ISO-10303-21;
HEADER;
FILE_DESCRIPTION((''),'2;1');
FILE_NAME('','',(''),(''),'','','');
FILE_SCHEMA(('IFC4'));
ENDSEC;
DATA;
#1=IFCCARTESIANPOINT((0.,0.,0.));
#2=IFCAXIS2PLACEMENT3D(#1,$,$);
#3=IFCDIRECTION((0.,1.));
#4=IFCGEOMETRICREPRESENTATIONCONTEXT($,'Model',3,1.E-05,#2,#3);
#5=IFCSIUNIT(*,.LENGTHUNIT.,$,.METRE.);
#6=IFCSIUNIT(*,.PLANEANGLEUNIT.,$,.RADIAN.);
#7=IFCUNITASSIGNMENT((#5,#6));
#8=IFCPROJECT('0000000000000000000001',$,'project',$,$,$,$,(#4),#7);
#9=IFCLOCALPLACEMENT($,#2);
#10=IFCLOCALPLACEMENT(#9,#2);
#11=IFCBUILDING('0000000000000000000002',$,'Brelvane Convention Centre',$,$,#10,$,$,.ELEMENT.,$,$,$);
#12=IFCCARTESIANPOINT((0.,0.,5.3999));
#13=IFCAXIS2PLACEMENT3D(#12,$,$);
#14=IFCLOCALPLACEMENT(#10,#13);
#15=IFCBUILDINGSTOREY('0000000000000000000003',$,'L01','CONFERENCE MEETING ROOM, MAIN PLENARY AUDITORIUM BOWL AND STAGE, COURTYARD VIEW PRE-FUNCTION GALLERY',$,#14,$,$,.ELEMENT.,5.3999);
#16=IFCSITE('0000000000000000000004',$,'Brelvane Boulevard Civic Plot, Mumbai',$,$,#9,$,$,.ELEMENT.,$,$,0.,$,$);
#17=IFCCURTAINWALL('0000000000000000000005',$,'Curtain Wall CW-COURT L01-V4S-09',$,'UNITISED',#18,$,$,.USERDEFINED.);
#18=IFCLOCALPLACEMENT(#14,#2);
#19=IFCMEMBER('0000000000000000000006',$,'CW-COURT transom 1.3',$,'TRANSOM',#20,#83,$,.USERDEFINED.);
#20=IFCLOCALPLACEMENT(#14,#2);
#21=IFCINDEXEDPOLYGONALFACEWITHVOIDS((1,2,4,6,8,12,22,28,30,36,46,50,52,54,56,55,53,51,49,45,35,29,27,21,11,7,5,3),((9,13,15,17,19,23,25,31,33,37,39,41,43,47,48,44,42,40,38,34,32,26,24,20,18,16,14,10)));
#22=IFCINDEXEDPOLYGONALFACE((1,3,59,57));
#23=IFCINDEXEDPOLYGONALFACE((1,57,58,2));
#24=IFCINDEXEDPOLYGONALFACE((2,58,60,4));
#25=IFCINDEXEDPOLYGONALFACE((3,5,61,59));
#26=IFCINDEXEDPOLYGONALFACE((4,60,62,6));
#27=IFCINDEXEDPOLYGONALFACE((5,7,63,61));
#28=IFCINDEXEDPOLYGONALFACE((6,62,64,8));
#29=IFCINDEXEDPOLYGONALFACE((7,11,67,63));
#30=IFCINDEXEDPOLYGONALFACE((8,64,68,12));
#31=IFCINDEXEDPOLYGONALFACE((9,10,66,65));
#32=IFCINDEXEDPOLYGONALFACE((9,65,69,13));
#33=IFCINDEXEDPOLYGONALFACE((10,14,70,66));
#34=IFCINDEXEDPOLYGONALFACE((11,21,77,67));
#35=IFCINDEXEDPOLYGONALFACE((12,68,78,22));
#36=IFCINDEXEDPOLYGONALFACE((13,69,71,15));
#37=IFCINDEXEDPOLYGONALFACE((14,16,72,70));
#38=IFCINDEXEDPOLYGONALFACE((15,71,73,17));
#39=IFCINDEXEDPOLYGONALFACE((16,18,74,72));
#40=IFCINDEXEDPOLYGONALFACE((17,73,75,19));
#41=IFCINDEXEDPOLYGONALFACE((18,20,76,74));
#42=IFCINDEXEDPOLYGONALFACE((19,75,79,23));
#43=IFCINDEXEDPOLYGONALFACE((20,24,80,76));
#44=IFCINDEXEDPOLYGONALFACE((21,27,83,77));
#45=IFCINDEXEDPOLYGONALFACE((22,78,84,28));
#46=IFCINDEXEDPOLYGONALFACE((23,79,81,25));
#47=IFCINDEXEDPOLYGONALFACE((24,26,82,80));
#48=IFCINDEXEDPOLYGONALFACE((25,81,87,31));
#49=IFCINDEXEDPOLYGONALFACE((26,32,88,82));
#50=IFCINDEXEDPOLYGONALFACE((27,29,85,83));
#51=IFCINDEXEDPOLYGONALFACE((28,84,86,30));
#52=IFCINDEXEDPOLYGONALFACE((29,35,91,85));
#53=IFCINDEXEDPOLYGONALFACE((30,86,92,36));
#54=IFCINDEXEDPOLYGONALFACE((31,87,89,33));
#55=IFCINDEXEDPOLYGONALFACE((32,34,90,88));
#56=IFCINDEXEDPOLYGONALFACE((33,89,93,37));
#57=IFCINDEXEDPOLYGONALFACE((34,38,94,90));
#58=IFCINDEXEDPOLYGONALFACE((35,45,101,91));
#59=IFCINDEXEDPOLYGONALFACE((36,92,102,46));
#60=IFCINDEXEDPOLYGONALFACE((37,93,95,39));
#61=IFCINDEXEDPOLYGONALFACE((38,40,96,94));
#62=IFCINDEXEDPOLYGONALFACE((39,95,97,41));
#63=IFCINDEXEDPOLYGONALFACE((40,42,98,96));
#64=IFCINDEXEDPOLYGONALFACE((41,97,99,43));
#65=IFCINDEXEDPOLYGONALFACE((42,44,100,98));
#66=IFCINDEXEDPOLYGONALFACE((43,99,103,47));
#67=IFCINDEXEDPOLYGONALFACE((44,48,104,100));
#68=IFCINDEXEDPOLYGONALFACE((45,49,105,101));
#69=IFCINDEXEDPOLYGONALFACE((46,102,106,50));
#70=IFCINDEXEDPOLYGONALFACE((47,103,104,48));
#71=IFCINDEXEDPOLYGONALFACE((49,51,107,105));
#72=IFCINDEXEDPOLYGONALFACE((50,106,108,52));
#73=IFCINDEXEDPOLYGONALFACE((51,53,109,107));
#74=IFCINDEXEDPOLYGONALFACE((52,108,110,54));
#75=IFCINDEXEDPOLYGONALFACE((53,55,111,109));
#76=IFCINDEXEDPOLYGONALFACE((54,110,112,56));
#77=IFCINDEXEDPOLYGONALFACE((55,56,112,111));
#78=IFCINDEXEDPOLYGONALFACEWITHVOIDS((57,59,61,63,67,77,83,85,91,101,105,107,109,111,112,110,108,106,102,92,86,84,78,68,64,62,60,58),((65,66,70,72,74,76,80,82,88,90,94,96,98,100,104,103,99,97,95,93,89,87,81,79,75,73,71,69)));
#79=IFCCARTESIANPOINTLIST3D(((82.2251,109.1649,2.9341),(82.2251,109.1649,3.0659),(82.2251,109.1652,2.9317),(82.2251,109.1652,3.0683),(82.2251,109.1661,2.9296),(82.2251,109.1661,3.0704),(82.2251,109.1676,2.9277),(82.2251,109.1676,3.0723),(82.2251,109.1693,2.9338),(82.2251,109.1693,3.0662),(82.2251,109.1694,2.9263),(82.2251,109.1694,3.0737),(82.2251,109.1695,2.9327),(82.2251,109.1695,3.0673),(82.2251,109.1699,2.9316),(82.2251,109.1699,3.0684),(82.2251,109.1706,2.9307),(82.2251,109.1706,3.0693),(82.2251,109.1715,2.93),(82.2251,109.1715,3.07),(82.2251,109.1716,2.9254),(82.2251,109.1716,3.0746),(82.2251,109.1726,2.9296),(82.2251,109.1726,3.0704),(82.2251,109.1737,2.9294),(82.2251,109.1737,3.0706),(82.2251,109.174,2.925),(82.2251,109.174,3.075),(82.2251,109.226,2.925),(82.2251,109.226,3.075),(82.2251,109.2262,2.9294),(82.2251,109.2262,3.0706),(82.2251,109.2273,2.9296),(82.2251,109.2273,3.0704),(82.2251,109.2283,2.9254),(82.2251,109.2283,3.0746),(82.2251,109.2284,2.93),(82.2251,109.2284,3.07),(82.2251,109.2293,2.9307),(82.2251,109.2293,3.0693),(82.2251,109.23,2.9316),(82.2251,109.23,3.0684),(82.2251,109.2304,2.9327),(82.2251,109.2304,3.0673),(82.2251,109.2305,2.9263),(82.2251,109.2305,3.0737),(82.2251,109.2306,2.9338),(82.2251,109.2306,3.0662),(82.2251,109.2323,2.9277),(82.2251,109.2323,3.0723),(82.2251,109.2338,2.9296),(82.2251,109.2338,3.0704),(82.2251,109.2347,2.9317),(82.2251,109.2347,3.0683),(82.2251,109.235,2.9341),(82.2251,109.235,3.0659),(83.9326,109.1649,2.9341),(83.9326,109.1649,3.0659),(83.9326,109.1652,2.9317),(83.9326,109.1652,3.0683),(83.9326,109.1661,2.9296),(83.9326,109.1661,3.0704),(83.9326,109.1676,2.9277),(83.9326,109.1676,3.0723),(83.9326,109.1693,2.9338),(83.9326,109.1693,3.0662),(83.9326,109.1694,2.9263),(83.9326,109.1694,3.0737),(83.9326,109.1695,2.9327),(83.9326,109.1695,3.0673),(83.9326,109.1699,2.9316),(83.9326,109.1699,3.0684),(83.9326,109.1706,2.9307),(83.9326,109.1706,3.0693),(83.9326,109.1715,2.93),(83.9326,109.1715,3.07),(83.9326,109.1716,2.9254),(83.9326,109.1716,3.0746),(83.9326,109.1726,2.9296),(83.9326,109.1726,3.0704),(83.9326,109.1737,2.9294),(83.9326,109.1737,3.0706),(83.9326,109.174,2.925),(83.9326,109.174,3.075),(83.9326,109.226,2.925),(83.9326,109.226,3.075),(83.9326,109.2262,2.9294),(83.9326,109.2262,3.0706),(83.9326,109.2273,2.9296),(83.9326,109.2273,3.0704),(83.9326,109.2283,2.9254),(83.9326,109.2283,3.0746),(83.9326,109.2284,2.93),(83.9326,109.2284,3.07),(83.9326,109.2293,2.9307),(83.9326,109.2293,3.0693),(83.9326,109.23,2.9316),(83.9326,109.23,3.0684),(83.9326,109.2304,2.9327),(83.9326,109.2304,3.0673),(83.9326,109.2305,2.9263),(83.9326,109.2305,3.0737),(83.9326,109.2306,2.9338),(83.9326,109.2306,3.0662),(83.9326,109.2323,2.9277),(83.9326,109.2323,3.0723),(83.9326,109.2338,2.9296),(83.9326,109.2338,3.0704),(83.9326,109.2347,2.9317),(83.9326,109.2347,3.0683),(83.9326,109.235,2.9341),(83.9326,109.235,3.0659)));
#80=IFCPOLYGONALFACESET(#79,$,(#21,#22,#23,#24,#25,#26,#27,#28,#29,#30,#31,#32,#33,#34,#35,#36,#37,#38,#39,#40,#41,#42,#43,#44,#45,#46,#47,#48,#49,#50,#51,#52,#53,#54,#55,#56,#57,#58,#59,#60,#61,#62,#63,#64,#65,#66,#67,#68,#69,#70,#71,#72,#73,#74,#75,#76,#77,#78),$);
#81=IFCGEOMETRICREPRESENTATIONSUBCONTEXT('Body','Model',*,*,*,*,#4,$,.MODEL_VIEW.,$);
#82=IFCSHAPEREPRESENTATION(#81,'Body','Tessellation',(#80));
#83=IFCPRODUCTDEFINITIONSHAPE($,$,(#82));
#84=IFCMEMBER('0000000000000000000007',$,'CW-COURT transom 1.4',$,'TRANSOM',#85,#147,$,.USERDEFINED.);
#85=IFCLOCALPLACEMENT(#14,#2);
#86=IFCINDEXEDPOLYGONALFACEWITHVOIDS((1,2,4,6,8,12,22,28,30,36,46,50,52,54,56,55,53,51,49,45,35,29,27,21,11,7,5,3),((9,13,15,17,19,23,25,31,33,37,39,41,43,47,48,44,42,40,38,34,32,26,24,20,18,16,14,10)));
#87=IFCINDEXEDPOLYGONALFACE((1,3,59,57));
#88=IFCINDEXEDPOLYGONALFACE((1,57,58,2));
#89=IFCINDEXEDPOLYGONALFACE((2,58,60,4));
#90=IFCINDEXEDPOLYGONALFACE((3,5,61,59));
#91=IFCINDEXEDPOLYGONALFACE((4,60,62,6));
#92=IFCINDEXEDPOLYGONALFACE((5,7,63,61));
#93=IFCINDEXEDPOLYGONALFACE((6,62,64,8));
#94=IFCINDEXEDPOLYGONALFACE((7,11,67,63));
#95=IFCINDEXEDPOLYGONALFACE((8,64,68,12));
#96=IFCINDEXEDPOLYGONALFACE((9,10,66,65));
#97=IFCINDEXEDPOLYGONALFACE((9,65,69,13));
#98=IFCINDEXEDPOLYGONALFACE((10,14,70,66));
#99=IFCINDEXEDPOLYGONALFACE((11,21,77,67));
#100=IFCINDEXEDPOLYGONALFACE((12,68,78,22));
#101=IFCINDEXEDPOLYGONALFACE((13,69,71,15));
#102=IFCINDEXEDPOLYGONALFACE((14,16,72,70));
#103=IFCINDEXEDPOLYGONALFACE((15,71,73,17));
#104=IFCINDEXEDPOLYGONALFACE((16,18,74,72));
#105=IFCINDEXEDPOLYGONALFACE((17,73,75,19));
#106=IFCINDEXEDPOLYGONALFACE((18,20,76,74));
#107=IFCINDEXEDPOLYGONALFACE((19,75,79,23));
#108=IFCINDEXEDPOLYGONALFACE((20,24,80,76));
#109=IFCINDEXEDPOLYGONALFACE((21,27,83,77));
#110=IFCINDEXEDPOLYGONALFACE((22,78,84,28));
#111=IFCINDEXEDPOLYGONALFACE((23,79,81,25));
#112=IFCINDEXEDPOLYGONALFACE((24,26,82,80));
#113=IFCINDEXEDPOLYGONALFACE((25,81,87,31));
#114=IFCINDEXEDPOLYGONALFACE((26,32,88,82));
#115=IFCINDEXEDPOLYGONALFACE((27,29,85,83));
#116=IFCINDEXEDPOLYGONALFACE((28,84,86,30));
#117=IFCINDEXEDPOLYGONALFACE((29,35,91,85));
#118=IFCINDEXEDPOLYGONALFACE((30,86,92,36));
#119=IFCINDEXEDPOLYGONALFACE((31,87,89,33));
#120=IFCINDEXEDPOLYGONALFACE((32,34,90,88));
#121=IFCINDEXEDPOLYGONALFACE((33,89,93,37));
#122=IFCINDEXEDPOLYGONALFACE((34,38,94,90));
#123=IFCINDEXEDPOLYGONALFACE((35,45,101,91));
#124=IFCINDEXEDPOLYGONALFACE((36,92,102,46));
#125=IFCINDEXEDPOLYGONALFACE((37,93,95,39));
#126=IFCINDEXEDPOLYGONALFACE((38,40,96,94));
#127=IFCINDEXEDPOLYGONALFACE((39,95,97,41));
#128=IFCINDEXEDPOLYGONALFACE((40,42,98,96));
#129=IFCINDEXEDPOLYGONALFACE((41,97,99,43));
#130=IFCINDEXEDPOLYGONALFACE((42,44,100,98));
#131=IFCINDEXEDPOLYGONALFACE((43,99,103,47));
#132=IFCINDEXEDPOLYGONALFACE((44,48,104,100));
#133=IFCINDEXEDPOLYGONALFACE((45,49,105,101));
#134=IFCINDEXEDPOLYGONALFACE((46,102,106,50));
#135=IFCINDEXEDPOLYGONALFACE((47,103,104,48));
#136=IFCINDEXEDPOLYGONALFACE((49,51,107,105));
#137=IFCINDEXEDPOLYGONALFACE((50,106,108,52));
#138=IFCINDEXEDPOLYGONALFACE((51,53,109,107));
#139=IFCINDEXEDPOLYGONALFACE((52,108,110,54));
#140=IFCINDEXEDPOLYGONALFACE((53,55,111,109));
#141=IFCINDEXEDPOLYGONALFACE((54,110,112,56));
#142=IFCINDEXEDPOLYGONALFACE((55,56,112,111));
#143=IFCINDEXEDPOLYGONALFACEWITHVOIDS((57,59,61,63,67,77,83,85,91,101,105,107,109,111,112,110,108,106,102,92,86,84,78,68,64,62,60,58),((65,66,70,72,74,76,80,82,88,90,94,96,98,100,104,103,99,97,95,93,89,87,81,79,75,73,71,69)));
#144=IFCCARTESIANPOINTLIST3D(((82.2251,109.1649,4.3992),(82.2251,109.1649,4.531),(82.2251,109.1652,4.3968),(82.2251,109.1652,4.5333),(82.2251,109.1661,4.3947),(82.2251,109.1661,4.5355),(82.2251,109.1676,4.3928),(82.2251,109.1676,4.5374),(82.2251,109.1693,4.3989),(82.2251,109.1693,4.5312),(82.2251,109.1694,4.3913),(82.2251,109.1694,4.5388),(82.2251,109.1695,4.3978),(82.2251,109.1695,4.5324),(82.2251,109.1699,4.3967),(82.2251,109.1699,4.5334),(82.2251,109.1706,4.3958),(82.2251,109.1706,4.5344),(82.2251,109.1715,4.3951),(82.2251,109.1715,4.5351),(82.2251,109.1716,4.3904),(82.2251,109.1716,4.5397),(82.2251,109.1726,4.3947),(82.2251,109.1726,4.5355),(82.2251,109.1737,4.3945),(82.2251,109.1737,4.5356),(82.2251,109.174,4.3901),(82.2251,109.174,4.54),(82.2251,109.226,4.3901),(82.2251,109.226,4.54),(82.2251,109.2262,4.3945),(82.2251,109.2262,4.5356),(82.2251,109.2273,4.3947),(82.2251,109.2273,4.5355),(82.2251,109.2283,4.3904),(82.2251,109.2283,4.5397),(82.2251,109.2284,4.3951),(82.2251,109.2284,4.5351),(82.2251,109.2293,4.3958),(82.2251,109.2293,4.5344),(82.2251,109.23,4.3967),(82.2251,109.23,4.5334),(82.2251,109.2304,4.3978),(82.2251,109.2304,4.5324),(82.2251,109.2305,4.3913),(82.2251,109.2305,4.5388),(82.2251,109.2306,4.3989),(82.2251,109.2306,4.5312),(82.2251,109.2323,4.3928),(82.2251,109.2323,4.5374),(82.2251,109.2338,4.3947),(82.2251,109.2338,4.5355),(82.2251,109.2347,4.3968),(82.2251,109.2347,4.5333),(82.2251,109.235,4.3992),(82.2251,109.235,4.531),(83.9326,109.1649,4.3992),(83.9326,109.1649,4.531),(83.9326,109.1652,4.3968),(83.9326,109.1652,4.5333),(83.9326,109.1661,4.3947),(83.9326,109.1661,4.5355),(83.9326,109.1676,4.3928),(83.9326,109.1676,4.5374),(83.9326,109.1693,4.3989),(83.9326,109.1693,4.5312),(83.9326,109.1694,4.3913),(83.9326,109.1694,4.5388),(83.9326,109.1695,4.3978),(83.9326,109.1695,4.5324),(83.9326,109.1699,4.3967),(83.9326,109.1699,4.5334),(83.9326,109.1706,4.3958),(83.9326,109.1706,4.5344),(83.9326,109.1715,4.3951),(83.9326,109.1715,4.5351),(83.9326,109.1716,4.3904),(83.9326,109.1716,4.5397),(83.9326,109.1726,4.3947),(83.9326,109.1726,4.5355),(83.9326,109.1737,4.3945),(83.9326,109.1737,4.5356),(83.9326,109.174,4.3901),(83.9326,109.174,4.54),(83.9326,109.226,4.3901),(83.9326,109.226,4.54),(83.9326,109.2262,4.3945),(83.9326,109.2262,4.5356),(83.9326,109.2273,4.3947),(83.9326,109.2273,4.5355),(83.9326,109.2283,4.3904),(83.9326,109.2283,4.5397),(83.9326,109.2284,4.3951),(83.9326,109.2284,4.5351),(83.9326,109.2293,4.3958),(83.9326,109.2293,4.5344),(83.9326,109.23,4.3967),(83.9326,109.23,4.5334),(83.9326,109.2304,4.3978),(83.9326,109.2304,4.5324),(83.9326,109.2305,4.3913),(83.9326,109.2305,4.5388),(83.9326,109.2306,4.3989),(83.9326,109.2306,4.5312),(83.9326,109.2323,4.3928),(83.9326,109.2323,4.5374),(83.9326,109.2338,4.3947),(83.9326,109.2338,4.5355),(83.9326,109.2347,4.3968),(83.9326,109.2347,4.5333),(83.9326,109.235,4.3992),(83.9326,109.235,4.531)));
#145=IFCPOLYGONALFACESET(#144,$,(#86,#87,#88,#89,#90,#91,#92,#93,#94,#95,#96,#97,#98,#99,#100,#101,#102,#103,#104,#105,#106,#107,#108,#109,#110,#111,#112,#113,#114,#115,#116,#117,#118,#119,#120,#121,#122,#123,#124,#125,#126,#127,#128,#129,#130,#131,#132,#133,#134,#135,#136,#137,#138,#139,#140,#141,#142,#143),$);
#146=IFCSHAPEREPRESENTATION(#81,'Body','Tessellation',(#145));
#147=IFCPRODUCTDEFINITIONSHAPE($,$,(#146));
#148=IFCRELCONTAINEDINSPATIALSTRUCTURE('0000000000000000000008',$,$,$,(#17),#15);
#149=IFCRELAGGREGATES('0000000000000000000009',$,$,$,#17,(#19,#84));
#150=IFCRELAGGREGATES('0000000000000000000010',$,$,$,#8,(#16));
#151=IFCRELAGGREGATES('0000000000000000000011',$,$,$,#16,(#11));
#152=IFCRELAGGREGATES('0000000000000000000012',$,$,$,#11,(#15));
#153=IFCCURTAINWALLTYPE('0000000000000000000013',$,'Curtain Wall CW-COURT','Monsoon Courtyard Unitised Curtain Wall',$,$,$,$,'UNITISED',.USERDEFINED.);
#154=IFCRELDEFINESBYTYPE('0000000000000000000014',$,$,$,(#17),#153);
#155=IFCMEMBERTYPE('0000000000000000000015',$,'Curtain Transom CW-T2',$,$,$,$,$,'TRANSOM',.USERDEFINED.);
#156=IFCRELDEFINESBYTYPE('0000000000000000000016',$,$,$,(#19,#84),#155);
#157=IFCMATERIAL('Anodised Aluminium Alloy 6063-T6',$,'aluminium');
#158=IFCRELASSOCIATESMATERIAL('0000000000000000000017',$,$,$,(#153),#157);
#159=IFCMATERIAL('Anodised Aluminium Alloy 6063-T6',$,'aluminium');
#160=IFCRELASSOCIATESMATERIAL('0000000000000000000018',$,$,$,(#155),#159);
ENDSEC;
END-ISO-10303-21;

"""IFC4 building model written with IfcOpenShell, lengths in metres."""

from ifc_helpers import new_model, si_unit, direction, frame, origin, origin_2d, place, context, subcontext, project, spatial, hollow_rectangle, extrude, material, material_profile, profile_set, type_object, element, aggregate, save


model = new_model("IFC4")

# Units and contexts
model_context = context("Model", 3, precision=1e-05, world=origin(), true_north=direction((0.0, 1.0)))
body_context = subcontext(model_context, "Body", "Model", "MODEL_VIEW")
ifc_project = project(units=[si_unit("LENGTHUNIT", "METRE"), si_unit("PLANEANGLEUNIT", "RADIAN")], contexts=[model_context])

# Site, building, storey
site_placement = place(None, origin())
site = spatial("IfcSite", under=ifc_project, at=site_placement, Name="Brelvane Boulevard Civic Plot, Mumbai", CompositionType="ELEMENT", RefElevation=0.0)
building_placement = place(site_placement, origin())
building = spatial("IfcBuilding", under=site, at=building_placement, Name="Brelvane Convention Centre", CompositionType="ELEMENT")
storey_placement = place(building_placement, frame((0.0, 0.0, 5.3999)))
storey = spatial("IfcBuildingStorey", under=building, at=storey_placement, Name="L01", Description="CONFERENCE MEETING ROOM, MAIN PLENARY AUDITORIUM BOWL AND STAGE, COURTYARD VIEW PRE-FUNCTION GALLERY", CompositionType="ELEMENT", Elevation=5.3999)

# Curtain wall, members
ifc_material_1 = material(Name="Anodised Aluminium Alloy 6063-T6", Category="aluminium")
curtain_wall_type = type_object("IfcCurtainWallType", Name="Curtain Wall CW-COURT", Description="Monsoon Courtyard Unitised Curtain Wall", ElementType="UNITISED", PredefinedType="USERDEFINED", material=ifc_material_1)
curtain_wall_placement = place(storey_placement, origin())
curtain_wall = element("IfcCurtainWall", 1, at=curtain_wall_placement, inside=storey, type_object=curtain_wall_type, Name="Curtain Wall CW-COURT L01-V4S-09", ObjectType="UNITISED", PredefinedType="USERDEFINED")
ifc_material_2 = material(Name="Anodised Aluminium Alloy 6063-T6", Category="aluminium")
ifc_material_profile_1 = material_profile(ifc_material_2, hollow_rectangle(XDim=0.0701, YDim=0.1499, WallThickness=0.0044, InnerFilletRadius=0.0044, OuterFilletRadius=0.009, at=origin_2d()), Name="ALU-T 150x70x4.5")
ifc_profile_set_1 = profile_set([ifc_material_profile_1], Name="Anodised Aluminium Alloy 6063-T6")
member_type_1 = type_object("IfcMemberType", Name="Curtain Transom CW-T2", ElementType="TRANSOM", PredefinedType="USERDEFINED", material=ifc_profile_set_1)
member_1_placement = place(storey_placement, frame((82.2251, 109.2, 3.0), z_axis=(1.0, 0.0, 0.0), x_axis=(0.0, 1.0, 0.0)))
member_1 = element("IfcMember", 2, at=member_1_placement, type_object=member_type_1, Name="CW-COURT transom 1.3", ObjectType="TRANSOM", PredefinedType="USERDEFINED", context=body_context, shape_type="SweptSolid", body=[
    extrude(hollow_rectangle(XDim=0.0701, YDim=0.1499, WallThickness=0.0044, InnerFilletRadius=0.0044, OuterFilletRadius=0.009, at=origin_2d()), origin(), (0.0, 0.0, 1.0), 1.7075),
])
member_2_placement = place(storey_placement, frame((82.2251, 109.2, 4.4651), z_axis=(1.0, 0.0, 0.0), x_axis=(0.0, 1.0, 0.0)))
member_2 = element("IfcMember", 3, at=member_2_placement, type_object=member_type_1, Name="CW-COURT transom 1.4", ObjectType="TRANSOM", PredefinedType="USERDEFINED", context=body_context, shape_type="SweptSolid", body=[
    extrude(hollow_rectangle(XDim=0.0701, YDim=0.1499, WallThickness=0.0044, InnerFilletRadius=0.0044, OuterFilletRadius=0.009, at=origin_2d()), origin(), (0.0, 0.0, 1.0), 1.7075),
])

aggregate(curtain_wall, [member_1, member_2])

save(model, "model.ifc")
